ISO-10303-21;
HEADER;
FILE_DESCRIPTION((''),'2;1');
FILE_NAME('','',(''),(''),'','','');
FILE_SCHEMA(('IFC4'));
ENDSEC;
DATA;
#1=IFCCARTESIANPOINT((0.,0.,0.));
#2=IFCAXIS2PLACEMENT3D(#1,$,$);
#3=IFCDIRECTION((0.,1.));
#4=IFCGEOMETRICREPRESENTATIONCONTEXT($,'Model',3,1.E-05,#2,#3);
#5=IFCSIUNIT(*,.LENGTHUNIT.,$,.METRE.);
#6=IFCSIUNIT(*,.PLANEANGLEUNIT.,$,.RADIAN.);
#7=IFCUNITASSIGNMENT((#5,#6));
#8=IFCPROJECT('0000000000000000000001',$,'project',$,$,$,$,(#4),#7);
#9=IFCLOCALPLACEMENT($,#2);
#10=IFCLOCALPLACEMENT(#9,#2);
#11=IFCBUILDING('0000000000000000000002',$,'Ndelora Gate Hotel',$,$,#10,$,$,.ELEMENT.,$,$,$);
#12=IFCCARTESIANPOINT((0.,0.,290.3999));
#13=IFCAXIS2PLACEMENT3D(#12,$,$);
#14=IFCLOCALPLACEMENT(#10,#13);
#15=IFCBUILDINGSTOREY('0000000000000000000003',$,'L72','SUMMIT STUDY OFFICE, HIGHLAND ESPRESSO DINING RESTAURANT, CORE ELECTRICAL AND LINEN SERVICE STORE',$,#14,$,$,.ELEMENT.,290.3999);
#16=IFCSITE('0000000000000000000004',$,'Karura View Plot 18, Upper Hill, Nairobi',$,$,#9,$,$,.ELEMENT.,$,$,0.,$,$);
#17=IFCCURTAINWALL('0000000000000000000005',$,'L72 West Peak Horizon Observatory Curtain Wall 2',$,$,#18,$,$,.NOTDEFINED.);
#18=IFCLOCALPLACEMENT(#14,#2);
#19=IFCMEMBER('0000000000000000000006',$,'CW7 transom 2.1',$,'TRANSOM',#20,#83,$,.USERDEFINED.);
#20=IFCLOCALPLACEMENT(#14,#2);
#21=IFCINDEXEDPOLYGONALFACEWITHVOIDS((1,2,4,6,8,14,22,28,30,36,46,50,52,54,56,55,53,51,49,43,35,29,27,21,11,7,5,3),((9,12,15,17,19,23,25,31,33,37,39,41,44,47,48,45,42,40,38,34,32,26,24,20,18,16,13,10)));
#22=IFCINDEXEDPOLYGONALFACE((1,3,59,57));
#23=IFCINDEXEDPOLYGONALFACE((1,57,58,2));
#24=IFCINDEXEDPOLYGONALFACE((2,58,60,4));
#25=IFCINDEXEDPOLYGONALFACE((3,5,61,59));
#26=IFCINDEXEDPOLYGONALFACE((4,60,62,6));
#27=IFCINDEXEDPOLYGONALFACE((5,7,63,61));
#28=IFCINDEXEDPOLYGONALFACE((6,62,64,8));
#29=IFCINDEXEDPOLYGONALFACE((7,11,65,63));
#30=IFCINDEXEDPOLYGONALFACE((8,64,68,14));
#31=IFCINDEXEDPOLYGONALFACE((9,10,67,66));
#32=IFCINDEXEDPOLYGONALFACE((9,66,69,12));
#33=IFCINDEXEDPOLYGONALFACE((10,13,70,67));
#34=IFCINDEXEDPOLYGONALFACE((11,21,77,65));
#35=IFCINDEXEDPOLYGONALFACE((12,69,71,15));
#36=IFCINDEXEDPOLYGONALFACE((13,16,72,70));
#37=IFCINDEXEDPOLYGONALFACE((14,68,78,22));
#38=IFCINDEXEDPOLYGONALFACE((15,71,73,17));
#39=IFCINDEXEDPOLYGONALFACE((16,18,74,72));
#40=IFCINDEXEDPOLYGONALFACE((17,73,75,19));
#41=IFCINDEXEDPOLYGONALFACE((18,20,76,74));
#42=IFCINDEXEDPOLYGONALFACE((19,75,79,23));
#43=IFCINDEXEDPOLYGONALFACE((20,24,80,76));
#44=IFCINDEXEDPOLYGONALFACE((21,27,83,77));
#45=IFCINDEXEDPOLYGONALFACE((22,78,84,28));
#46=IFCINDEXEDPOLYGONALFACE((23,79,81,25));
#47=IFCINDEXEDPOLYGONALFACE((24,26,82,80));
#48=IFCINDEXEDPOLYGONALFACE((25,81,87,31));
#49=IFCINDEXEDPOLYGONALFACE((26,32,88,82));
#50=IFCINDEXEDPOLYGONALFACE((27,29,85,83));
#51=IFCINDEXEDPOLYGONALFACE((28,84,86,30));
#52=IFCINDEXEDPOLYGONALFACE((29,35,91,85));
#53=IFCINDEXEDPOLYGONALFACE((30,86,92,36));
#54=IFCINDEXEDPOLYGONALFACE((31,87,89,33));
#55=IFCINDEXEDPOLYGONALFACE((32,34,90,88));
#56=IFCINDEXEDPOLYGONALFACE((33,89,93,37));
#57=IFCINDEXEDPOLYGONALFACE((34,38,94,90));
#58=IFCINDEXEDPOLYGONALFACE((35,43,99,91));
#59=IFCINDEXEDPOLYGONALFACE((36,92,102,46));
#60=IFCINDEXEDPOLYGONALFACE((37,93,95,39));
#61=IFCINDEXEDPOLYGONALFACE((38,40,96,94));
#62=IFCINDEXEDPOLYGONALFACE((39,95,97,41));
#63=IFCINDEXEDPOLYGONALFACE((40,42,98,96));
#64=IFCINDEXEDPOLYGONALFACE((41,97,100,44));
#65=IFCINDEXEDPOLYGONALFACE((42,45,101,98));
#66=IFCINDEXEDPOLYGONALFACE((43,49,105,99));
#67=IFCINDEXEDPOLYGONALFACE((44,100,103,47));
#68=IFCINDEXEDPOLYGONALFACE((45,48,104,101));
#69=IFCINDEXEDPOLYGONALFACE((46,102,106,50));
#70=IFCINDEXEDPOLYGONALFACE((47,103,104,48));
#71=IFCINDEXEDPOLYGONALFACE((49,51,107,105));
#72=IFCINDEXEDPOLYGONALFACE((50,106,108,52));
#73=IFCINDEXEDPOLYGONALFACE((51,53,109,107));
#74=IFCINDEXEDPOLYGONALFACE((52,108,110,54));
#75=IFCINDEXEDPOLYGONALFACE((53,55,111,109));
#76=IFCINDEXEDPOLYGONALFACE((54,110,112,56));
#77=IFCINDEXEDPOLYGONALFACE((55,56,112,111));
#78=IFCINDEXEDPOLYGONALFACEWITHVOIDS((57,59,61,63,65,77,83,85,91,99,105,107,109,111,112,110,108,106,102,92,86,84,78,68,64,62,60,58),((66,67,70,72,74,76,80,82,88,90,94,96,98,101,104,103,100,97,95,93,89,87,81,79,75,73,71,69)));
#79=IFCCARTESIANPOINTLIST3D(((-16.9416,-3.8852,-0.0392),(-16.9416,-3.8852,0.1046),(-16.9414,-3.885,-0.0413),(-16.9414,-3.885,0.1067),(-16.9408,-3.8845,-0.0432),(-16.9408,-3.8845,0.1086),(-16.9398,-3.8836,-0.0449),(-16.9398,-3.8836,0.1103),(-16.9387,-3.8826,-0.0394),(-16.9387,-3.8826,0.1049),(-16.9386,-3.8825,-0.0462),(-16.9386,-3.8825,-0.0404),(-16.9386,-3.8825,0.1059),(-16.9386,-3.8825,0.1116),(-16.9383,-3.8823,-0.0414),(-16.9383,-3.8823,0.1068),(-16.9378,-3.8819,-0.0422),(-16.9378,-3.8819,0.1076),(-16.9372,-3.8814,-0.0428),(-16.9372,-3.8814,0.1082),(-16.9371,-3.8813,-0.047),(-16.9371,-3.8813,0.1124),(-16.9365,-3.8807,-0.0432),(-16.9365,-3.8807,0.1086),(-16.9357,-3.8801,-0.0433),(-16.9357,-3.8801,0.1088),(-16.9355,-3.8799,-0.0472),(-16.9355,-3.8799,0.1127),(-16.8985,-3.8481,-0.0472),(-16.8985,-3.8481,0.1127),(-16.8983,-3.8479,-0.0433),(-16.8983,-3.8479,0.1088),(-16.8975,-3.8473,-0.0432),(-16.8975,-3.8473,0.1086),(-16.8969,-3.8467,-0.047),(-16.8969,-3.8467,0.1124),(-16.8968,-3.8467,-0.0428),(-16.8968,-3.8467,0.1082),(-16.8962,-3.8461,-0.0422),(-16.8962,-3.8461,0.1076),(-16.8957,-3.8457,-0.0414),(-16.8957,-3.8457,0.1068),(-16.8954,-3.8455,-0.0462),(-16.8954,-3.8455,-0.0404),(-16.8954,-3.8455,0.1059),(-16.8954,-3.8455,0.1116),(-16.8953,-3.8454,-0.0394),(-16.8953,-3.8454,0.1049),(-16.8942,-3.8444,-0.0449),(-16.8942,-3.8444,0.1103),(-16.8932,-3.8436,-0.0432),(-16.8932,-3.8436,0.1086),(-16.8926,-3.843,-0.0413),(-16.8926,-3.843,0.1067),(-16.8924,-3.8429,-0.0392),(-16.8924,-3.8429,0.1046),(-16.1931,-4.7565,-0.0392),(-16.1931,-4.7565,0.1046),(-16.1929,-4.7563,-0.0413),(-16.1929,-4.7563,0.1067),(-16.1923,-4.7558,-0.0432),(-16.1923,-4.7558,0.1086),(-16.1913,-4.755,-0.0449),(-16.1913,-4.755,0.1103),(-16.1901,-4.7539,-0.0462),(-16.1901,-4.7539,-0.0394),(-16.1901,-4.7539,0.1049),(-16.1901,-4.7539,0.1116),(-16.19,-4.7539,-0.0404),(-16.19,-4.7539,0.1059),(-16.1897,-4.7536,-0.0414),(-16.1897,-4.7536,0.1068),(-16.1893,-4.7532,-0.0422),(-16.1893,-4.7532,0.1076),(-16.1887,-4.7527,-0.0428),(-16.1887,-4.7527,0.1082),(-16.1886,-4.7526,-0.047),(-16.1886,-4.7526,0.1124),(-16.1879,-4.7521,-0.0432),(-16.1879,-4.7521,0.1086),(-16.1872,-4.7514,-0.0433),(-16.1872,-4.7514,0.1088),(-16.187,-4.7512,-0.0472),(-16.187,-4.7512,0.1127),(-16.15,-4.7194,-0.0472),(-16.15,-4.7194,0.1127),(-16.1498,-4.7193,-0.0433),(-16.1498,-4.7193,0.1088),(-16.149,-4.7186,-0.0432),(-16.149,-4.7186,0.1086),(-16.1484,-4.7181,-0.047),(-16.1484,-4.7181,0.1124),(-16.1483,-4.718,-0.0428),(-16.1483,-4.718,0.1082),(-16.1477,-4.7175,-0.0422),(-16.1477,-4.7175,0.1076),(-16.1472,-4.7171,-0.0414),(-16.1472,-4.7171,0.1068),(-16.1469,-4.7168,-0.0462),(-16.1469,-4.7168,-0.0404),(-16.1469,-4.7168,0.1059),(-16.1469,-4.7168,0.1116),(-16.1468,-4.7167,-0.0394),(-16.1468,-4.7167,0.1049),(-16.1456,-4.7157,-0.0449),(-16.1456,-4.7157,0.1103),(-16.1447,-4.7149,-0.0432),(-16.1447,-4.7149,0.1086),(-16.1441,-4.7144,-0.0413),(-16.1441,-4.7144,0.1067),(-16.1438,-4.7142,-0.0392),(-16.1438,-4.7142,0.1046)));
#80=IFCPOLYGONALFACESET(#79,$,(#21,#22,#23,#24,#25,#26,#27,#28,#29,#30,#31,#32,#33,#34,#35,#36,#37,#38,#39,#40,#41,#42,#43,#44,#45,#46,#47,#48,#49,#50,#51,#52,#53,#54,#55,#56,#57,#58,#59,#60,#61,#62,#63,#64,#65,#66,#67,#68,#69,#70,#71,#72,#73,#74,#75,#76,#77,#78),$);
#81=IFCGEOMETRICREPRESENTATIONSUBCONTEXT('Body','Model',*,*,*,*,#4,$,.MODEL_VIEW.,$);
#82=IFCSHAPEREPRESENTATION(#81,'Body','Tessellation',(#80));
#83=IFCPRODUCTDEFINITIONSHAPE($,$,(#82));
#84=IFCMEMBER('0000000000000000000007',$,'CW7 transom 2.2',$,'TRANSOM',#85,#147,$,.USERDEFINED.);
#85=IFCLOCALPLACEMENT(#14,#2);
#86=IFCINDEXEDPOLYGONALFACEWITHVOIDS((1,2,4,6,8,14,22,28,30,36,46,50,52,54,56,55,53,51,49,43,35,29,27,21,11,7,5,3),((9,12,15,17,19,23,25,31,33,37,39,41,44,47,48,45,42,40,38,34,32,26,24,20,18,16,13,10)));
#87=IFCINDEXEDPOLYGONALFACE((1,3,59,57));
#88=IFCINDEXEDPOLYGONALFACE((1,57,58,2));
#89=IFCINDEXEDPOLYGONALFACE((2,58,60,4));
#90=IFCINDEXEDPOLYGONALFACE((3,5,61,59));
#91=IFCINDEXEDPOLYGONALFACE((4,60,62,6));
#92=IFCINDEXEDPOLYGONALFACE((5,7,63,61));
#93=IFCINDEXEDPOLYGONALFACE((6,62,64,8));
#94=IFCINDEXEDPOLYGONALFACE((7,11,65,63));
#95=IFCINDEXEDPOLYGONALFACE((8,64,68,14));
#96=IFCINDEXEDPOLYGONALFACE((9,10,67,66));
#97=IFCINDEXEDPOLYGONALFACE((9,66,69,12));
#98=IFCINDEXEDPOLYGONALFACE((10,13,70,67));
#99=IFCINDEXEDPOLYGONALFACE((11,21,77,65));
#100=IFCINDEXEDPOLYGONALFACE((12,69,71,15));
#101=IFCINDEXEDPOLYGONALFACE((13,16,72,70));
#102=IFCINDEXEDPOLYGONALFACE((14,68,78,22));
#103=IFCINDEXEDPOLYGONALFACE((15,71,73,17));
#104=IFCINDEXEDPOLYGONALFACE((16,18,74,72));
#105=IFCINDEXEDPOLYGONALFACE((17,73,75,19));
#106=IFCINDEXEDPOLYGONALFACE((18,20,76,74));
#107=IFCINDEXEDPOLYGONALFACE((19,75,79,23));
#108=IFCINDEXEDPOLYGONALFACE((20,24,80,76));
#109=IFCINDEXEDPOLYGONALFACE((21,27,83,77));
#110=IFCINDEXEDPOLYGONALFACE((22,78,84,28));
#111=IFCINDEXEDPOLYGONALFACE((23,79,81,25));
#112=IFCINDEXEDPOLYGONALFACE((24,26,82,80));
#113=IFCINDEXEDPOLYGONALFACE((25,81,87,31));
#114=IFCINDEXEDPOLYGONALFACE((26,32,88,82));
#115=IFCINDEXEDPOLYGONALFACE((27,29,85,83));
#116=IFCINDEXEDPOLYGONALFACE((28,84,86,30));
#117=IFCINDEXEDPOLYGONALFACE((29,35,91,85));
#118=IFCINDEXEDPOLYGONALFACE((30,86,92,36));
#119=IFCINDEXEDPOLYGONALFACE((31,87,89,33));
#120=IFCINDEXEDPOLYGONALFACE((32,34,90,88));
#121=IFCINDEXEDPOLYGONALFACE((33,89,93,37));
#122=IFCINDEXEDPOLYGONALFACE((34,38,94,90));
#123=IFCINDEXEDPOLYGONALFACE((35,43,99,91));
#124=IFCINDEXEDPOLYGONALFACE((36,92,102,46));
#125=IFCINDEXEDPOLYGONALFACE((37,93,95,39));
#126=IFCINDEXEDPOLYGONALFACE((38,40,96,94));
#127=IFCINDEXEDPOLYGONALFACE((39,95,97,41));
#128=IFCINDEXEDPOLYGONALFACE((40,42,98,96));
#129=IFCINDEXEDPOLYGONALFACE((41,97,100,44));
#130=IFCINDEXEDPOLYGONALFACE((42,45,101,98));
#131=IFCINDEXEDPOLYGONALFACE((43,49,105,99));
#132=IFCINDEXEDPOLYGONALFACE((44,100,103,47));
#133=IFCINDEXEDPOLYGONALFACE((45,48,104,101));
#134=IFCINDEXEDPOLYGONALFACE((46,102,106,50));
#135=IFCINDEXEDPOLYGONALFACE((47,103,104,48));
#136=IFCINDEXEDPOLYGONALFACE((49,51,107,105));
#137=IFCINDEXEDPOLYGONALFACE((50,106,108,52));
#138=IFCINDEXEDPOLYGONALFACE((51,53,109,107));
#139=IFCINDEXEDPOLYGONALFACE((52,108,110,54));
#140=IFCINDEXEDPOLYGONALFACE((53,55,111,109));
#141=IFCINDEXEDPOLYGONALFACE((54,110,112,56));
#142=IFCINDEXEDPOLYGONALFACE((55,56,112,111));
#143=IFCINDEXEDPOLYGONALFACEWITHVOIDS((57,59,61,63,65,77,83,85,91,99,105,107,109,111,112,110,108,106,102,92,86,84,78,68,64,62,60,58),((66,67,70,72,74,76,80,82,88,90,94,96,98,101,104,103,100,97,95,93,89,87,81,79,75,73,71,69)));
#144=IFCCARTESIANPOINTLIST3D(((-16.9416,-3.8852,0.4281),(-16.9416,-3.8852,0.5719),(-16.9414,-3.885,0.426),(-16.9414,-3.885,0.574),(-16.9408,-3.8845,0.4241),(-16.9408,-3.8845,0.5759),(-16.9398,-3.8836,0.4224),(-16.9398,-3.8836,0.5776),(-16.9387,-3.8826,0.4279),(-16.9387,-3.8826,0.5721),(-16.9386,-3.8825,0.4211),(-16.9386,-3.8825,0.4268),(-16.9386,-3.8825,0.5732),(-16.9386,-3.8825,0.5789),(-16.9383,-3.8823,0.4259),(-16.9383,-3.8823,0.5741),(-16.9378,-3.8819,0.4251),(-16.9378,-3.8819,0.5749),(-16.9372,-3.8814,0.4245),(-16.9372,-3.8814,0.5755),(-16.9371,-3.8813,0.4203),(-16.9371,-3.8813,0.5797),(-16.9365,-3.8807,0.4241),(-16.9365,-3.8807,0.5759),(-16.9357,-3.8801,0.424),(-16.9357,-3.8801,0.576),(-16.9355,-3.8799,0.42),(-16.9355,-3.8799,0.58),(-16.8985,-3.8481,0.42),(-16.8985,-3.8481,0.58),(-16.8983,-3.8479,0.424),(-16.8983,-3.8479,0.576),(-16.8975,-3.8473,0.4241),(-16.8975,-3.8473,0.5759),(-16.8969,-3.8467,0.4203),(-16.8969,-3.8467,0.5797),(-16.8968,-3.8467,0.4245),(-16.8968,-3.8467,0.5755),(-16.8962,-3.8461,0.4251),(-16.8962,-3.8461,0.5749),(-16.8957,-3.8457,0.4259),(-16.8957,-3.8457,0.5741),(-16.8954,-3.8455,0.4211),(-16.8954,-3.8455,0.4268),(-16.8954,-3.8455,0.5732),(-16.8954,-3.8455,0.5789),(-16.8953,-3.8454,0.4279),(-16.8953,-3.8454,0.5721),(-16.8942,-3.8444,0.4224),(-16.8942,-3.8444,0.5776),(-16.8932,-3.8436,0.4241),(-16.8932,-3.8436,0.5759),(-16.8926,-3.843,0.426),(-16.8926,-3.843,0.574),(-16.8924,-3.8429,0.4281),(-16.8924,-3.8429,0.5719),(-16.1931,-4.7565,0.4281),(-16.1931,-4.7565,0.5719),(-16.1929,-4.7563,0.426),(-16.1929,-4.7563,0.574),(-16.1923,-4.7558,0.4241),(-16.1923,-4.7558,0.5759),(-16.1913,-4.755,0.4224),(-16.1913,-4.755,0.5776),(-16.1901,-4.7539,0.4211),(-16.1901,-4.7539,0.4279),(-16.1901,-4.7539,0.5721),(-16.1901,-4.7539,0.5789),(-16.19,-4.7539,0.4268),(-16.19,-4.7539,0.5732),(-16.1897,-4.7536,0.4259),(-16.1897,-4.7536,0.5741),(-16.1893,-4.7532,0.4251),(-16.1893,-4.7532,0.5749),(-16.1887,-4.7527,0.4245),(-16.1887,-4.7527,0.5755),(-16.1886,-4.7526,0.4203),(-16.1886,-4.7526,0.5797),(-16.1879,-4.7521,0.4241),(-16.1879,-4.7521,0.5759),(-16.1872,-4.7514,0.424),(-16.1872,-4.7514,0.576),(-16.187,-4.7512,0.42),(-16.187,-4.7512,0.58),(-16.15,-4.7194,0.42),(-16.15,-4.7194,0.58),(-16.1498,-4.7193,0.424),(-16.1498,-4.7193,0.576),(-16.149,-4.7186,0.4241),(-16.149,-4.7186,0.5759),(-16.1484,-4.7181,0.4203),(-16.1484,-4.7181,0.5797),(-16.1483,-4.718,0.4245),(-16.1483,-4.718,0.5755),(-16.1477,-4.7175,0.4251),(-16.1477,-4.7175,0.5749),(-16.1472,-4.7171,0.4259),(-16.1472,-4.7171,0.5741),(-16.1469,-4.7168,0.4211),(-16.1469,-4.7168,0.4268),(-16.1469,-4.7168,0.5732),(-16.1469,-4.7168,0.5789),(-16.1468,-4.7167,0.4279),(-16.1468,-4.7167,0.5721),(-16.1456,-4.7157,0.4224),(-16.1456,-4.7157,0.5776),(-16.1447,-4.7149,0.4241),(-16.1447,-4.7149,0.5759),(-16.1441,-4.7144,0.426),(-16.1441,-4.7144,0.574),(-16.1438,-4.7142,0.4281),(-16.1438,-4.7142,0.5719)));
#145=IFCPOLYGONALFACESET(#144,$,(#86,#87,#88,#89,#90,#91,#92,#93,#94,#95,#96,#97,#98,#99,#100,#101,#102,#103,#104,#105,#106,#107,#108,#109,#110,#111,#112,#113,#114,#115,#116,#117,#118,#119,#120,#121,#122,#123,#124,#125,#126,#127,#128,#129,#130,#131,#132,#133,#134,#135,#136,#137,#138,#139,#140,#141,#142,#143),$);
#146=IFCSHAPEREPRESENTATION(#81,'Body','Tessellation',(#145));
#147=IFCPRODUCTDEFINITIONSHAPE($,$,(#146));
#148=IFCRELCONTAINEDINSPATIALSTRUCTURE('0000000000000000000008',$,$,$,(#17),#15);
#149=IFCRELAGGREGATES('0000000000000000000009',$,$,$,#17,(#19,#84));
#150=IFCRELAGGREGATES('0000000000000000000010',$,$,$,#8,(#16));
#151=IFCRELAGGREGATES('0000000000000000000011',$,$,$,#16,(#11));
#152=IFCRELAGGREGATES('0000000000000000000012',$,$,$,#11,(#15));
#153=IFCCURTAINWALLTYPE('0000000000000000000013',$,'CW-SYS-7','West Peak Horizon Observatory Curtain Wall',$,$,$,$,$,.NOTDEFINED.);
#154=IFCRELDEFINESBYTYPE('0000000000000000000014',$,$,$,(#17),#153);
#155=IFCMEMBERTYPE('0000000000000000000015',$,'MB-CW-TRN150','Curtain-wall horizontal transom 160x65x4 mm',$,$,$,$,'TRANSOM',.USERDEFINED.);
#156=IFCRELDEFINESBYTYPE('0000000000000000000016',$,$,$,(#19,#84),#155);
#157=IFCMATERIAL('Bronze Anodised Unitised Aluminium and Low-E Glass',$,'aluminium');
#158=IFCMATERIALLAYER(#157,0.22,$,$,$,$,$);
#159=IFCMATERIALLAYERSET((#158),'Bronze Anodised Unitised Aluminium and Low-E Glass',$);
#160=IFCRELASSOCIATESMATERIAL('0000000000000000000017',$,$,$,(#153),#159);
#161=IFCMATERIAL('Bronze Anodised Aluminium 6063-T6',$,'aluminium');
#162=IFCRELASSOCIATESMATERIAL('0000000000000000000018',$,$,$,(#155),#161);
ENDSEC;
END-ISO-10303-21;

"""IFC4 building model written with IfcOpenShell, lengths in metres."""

from ifc_helpers import new_model, si_unit, direction, frame, origin, origin_2d, place, context, subcontext, project, spatial, hollow_rectangle, extrude, material, layer, layer_set, material_profile, profile_set, type_object, element, aggregate, save


model = new_model("IFC4")

# Units and contexts
model_context = context("Model", 3, precision=1e-05, world=origin(), true_north=direction((0.0, 1.0)))
body_context = subcontext(model_context, "Body", "Model", "MODEL_VIEW")
ifc_project = project(units=[si_unit("LENGTHUNIT", "METRE"), si_unit("PLANEANGLEUNIT", "RADIAN")], contexts=[model_context])

# Site, building, storey
site_placement = place(None, origin())
site = spatial("IfcSite", under=ifc_project, at=site_placement, Name="Karura View Plot 18, Upper Hill, Nairobi", CompositionType="ELEMENT", RefElevation=0.0)
building_placement = place(site_placement, origin())
building = spatial("IfcBuilding", under=site, at=building_placement, Name="Ndelora Gate Hotel", CompositionType="ELEMENT")
storey_placement = place(building_placement, frame((0.0, 0.0, 290.3999)))
storey = spatial("IfcBuildingStorey", under=building, at=storey_placement, Name="L72", Description="SUMMIT STUDY OFFICE, HIGHLAND ESPRESSO DINING RESTAURANT, CORE ELECTRICAL AND LINEN SERVICE STORE", CompositionType="ELEMENT", Elevation=290.3999)

# Curtain wall, members
ifc_material_1 = material(Name="Bronze Anodised Unitised Aluminium and Low-E Glass", Category="aluminium")
ifc_layer_1 = layer(ifc_material_1, 0.22)
ifc_layer_set_1 = layer_set([ifc_layer_1], Name="Bronze Anodised Unitised Aluminium and Low-E Glass")
curtain_wall_type = type_object("IfcCurtainWallType", Name="CW-SYS-7", Description="West Peak Horizon Observatory Curtain Wall", PredefinedType="NOTDEFINED", material=ifc_layer_set_1)
curtain_wall_placement = place(storey_placement, origin())
curtain_wall = element("IfcCurtainWall", 1, at=curtain_wall_placement, inside=storey, type_object=curtain_wall_type, Name="L72 West Peak Horizon Observatory Curtain Wall 2", PredefinedType="NOTDEFINED")
ifc_material_2 = material(Name="Bronze Anodised Aluminium 6063-T6", Category="aluminium")
ifc_material_profile_1 = material_profile(ifc_material_2, hollow_rectangle(XDim=0.0649, YDim=0.1599, WallThickness=0.0039, InnerFilletRadius=0.0039, OuterFilletRadius=0.0081, at=origin_2d()), Name="ALU 160x65x4")
ifc_profile_set_1 = profile_set([ifc_material_profile_1], Name="Bronze Anodised Aluminium 6063-T6")
member_type_1 = type_object("IfcMemberType", Name="MB-CW-TRN150", Description="Curtain-wall horizontal transom 160x65x4 mm", ElementType="TRANSOM", PredefinedType="USERDEFINED", material=ifc_profile_set_1)
member_1_placement = place(storey_placement, frame((-16.917, -3.864, 0.0327), z_axis=(0.651631, -0.758536, 0.0), x_axis=(0.758536, 0.651631, 0.0)))
member_1 = element("IfcMember", 2, at=member_1_placement, type_object=member_type_1, Name="CW7 transom 2.1", ObjectType="TRANSOM", PredefinedType="USERDEFINED", context=body_context, shape_type="SweptSolid", body=[
    extrude(hollow_rectangle(XDim=0.0649, YDim=0.1599, WallThickness=0.0039, InnerFilletRadius=0.0039, OuterFilletRadius=0.0081, at=origin_2d()), origin(), (0.0, 0.0, 1.0), 1.1487),
])
member_2_placement = place(storey_placement, frame((-16.917, -3.864, 0.5), z_axis=(0.651631, -0.758536, 0.0), x_axis=(0.758536, 0.651631, 0.0)))
member_2 = element("IfcMember", 3, at=member_2_placement, type_object=member_type_1, Name="CW7 transom 2.2", ObjectType="TRANSOM", PredefinedType="USERDEFINED", context=body_context, shape_type="SweptSolid", body=[
    extrude(hollow_rectangle(XDim=0.0649, YDim=0.1599, WallThickness=0.0039, InnerFilletRadius=0.0039, OuterFilletRadius=0.0081, at=origin_2d()), origin(), (0.0, 0.0, 1.0), 1.1487),
])
aggregate(curtain_wall, [member_1, member_2])

save(model, "model.ifc")
